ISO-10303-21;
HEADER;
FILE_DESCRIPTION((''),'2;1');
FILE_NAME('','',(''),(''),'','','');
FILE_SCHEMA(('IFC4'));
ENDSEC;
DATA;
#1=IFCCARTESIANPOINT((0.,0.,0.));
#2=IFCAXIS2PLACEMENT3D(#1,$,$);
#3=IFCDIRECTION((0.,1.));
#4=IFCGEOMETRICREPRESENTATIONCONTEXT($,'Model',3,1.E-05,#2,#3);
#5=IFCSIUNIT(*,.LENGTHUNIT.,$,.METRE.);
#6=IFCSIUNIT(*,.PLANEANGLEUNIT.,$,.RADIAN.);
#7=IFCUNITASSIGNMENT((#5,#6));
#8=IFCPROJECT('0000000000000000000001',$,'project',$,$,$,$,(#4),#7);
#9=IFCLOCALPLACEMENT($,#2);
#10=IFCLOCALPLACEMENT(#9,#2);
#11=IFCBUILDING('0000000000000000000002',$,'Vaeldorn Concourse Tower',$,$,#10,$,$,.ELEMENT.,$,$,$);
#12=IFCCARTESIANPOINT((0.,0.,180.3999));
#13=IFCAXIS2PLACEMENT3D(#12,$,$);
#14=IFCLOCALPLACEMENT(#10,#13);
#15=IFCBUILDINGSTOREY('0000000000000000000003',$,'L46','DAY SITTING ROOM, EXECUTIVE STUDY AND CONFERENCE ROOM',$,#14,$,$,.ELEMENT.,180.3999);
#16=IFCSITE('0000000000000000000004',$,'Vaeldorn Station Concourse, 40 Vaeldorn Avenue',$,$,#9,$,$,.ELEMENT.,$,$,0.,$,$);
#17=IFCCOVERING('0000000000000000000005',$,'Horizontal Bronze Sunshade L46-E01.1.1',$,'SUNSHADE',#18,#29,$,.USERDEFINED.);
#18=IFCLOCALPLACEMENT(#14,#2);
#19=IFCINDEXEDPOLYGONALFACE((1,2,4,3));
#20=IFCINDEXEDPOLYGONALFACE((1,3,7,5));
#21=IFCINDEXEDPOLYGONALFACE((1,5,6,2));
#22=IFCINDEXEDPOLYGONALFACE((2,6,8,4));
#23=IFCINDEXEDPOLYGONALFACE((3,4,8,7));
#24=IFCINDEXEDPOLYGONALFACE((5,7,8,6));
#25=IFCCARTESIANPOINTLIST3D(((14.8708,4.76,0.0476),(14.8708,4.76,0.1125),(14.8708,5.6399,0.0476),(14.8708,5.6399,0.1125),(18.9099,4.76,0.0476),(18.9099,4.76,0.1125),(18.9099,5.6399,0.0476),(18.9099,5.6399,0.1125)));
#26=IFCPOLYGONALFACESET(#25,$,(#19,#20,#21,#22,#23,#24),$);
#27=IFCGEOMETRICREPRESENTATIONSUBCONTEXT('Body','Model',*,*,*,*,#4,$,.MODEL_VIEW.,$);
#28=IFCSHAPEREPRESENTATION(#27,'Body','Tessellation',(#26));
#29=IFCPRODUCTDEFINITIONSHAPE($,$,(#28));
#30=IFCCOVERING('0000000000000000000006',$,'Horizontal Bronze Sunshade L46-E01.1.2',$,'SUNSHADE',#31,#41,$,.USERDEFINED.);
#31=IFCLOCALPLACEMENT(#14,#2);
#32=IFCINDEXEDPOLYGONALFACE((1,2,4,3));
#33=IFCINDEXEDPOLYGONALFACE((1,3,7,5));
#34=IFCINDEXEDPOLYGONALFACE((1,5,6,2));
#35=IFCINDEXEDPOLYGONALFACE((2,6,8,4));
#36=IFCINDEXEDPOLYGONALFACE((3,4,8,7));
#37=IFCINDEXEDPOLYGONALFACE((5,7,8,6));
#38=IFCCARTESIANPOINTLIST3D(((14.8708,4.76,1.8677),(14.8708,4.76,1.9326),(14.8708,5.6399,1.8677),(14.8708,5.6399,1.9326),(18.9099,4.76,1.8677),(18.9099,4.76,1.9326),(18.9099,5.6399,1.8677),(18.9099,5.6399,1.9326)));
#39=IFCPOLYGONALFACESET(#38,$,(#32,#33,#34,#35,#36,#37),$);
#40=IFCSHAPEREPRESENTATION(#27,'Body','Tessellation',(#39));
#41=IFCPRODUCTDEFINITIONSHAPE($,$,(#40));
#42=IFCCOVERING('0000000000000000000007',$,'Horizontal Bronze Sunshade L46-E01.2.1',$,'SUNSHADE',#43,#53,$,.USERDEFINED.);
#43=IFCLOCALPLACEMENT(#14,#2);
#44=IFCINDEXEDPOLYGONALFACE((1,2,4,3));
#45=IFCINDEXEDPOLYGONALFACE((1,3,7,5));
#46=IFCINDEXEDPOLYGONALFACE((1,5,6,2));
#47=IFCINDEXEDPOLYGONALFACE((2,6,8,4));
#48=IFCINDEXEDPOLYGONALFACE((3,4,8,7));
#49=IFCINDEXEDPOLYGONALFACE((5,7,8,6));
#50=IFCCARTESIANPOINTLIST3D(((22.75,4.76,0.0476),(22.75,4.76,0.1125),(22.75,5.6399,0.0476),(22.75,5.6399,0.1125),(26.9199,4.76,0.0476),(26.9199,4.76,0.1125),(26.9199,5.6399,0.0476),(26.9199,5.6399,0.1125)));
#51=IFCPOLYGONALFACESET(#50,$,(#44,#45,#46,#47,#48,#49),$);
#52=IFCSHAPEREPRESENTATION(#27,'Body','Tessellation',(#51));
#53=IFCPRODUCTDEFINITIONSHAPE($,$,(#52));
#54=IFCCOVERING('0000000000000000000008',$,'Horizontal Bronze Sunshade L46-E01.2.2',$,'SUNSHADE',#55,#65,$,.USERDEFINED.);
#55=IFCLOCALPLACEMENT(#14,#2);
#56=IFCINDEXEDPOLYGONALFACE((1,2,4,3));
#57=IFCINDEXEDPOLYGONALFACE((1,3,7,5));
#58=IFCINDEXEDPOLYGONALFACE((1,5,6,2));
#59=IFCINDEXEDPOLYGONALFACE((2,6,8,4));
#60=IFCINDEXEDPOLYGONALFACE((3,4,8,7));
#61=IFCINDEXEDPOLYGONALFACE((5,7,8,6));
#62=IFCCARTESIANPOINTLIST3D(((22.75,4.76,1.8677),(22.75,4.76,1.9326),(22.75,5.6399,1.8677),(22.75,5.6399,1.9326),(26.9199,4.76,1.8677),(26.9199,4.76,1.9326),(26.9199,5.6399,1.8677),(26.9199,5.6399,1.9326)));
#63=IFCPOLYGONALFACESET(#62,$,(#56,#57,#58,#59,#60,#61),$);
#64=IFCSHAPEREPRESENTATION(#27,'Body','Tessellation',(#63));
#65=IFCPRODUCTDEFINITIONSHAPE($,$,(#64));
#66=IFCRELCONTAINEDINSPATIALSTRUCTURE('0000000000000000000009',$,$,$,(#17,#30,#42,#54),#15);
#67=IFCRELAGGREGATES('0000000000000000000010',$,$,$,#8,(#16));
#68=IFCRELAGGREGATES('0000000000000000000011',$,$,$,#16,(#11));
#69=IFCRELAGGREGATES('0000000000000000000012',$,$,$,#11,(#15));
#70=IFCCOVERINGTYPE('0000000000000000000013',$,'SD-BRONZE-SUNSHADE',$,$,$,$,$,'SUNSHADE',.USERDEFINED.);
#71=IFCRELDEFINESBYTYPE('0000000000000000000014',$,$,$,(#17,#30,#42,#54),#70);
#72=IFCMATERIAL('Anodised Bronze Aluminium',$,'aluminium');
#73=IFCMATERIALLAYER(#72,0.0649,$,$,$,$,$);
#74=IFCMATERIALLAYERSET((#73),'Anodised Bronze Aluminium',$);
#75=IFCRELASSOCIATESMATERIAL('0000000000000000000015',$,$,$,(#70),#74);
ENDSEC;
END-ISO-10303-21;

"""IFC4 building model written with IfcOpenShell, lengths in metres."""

from ifc_helpers import new_model, si_unit, direction, frame, origin, origin_2d, place, context, subcontext, project, spatial, rectangle, extrude, source, transform, mapped, material, layer, layer_set, type_object, element, save


model = new_model("IFC4")

# Units and contexts
model_context = context("Model", 3, precision=1e-05, world=origin(), true_north=direction((0.0, 1.0)))
body_context = subcontext(model_context, "Body", "Model", "MODEL_VIEW")
ifc_project = project(units=[si_unit("LENGTHUNIT", "METRE"), si_unit("PLANEANGLEUNIT", "RADIAN")], contexts=[model_context])

# Site, building, storey
site_placement = place(None, origin())
site = spatial("IfcSite", under=ifc_project, at=site_placement, Name="Vaeldorn Station Concourse, 40 Vaeldorn Avenue", CompositionType="ELEMENT", RefElevation=0.0)
building_placement = place(site_placement, origin())
building = spatial("IfcBuilding", under=site, at=building_placement, Name="Vaeldorn Concourse Tower", CompositionType="ELEMENT")
storey_placement = place(building_placement, frame((0.0, 0.0, 180.3999)))
storey = spatial("IfcBuildingStorey", under=building, at=storey_placement, Name="L46", Description="DAY SITTING ROOM, EXECUTIVE STUDY AND CONFERENCE ROOM", CompositionType="ELEMENT", Elevation=180.3999)

# Shared definitions
ifc_material_1 = material(Name="Anodised Bronze Aluminium", Category="aluminium")

# Coverings
ifc_layer_1 = layer(ifc_material_1, 0.0649)
ifc_layer_set_1 = layer_set([ifc_layer_1], Name="Anodised Bronze Aluminium")
covering_type = type_object("IfcCoveringType", Name="SD-BRONZE-SUNSHADE", ElementType="SUNSHADE", PredefinedType="USERDEFINED", material=ifc_layer_set_1)
shared_shape_1 = source(origin(), body_context, "Body", "SweptSolid", [
    extrude(rectangle(XDim=4.0391, YDim=0.8799, at=origin_2d()), origin(), (0.0, 0.0, 1.0), 0.0649),
])
for number, where, z_axis, x_axis, name in (
    (1, (16.8904, 5.2, 0.0476), (0.0, 0.0, 1.0), (1.0, 0.0, 0.0), "Horizontal Bronze Sunshade L46-E01.1.1"),
    (2, (16.8904, 5.2, 1.8677), (0.0, 0.0, 1.0), (1.0, 0.0, 0.0), "Horizontal Bronze Sunshade L46-E01.1.2"),
):
    element("IfcCovering", number, at=place(storey_placement, frame(where, z_axis=z_axis, x_axis=x_axis)), inside=storey, type_object=covering_type, Name=name, ObjectType="SUNSHADE", PredefinedType="USERDEFINED", context=body_context, shape_type="MappedRepresentation", body=[
        mapped(shared_shape_1, transform((0.0, 0.0, 0.0), scale=1.0)),
    ])
shared_shape_2 = source(origin(), body_context, "Body", "SweptSolid", [
    extrude(rectangle(XDim=4.1699, YDim=0.8799, at=origin_2d()), origin(), (0.0, 0.0, 1.0), 0.0649),
])
for number, where, z_axis, x_axis, name in (
    (3, (24.835, 5.2, 0.0476), (0.0, 0.0, 1.0), (1.0, 0.0, 0.0), "Horizontal Bronze Sunshade L46-E01.2.1"),
    (4, (24.835, 5.2, 1.8677), (0.0, 0.0, 1.0), (1.0, 0.0, 0.0), "Horizontal Bronze Sunshade L46-E01.2.2"),
):
    element("IfcCovering", number, at=place(storey_placement, frame(where, z_axis=z_axis, x_axis=x_axis)), inside=storey, type_object=covering_type, Name=name, ObjectType="SUNSHADE", PredefinedType="USERDEFINED", context=body_context, shape_type="MappedRepresentation", body=[
        mapped(shared_shape_2, transform((0.0, 0.0, 0.0), scale=1.0)),
    ])

save(model, "model.ifc")
